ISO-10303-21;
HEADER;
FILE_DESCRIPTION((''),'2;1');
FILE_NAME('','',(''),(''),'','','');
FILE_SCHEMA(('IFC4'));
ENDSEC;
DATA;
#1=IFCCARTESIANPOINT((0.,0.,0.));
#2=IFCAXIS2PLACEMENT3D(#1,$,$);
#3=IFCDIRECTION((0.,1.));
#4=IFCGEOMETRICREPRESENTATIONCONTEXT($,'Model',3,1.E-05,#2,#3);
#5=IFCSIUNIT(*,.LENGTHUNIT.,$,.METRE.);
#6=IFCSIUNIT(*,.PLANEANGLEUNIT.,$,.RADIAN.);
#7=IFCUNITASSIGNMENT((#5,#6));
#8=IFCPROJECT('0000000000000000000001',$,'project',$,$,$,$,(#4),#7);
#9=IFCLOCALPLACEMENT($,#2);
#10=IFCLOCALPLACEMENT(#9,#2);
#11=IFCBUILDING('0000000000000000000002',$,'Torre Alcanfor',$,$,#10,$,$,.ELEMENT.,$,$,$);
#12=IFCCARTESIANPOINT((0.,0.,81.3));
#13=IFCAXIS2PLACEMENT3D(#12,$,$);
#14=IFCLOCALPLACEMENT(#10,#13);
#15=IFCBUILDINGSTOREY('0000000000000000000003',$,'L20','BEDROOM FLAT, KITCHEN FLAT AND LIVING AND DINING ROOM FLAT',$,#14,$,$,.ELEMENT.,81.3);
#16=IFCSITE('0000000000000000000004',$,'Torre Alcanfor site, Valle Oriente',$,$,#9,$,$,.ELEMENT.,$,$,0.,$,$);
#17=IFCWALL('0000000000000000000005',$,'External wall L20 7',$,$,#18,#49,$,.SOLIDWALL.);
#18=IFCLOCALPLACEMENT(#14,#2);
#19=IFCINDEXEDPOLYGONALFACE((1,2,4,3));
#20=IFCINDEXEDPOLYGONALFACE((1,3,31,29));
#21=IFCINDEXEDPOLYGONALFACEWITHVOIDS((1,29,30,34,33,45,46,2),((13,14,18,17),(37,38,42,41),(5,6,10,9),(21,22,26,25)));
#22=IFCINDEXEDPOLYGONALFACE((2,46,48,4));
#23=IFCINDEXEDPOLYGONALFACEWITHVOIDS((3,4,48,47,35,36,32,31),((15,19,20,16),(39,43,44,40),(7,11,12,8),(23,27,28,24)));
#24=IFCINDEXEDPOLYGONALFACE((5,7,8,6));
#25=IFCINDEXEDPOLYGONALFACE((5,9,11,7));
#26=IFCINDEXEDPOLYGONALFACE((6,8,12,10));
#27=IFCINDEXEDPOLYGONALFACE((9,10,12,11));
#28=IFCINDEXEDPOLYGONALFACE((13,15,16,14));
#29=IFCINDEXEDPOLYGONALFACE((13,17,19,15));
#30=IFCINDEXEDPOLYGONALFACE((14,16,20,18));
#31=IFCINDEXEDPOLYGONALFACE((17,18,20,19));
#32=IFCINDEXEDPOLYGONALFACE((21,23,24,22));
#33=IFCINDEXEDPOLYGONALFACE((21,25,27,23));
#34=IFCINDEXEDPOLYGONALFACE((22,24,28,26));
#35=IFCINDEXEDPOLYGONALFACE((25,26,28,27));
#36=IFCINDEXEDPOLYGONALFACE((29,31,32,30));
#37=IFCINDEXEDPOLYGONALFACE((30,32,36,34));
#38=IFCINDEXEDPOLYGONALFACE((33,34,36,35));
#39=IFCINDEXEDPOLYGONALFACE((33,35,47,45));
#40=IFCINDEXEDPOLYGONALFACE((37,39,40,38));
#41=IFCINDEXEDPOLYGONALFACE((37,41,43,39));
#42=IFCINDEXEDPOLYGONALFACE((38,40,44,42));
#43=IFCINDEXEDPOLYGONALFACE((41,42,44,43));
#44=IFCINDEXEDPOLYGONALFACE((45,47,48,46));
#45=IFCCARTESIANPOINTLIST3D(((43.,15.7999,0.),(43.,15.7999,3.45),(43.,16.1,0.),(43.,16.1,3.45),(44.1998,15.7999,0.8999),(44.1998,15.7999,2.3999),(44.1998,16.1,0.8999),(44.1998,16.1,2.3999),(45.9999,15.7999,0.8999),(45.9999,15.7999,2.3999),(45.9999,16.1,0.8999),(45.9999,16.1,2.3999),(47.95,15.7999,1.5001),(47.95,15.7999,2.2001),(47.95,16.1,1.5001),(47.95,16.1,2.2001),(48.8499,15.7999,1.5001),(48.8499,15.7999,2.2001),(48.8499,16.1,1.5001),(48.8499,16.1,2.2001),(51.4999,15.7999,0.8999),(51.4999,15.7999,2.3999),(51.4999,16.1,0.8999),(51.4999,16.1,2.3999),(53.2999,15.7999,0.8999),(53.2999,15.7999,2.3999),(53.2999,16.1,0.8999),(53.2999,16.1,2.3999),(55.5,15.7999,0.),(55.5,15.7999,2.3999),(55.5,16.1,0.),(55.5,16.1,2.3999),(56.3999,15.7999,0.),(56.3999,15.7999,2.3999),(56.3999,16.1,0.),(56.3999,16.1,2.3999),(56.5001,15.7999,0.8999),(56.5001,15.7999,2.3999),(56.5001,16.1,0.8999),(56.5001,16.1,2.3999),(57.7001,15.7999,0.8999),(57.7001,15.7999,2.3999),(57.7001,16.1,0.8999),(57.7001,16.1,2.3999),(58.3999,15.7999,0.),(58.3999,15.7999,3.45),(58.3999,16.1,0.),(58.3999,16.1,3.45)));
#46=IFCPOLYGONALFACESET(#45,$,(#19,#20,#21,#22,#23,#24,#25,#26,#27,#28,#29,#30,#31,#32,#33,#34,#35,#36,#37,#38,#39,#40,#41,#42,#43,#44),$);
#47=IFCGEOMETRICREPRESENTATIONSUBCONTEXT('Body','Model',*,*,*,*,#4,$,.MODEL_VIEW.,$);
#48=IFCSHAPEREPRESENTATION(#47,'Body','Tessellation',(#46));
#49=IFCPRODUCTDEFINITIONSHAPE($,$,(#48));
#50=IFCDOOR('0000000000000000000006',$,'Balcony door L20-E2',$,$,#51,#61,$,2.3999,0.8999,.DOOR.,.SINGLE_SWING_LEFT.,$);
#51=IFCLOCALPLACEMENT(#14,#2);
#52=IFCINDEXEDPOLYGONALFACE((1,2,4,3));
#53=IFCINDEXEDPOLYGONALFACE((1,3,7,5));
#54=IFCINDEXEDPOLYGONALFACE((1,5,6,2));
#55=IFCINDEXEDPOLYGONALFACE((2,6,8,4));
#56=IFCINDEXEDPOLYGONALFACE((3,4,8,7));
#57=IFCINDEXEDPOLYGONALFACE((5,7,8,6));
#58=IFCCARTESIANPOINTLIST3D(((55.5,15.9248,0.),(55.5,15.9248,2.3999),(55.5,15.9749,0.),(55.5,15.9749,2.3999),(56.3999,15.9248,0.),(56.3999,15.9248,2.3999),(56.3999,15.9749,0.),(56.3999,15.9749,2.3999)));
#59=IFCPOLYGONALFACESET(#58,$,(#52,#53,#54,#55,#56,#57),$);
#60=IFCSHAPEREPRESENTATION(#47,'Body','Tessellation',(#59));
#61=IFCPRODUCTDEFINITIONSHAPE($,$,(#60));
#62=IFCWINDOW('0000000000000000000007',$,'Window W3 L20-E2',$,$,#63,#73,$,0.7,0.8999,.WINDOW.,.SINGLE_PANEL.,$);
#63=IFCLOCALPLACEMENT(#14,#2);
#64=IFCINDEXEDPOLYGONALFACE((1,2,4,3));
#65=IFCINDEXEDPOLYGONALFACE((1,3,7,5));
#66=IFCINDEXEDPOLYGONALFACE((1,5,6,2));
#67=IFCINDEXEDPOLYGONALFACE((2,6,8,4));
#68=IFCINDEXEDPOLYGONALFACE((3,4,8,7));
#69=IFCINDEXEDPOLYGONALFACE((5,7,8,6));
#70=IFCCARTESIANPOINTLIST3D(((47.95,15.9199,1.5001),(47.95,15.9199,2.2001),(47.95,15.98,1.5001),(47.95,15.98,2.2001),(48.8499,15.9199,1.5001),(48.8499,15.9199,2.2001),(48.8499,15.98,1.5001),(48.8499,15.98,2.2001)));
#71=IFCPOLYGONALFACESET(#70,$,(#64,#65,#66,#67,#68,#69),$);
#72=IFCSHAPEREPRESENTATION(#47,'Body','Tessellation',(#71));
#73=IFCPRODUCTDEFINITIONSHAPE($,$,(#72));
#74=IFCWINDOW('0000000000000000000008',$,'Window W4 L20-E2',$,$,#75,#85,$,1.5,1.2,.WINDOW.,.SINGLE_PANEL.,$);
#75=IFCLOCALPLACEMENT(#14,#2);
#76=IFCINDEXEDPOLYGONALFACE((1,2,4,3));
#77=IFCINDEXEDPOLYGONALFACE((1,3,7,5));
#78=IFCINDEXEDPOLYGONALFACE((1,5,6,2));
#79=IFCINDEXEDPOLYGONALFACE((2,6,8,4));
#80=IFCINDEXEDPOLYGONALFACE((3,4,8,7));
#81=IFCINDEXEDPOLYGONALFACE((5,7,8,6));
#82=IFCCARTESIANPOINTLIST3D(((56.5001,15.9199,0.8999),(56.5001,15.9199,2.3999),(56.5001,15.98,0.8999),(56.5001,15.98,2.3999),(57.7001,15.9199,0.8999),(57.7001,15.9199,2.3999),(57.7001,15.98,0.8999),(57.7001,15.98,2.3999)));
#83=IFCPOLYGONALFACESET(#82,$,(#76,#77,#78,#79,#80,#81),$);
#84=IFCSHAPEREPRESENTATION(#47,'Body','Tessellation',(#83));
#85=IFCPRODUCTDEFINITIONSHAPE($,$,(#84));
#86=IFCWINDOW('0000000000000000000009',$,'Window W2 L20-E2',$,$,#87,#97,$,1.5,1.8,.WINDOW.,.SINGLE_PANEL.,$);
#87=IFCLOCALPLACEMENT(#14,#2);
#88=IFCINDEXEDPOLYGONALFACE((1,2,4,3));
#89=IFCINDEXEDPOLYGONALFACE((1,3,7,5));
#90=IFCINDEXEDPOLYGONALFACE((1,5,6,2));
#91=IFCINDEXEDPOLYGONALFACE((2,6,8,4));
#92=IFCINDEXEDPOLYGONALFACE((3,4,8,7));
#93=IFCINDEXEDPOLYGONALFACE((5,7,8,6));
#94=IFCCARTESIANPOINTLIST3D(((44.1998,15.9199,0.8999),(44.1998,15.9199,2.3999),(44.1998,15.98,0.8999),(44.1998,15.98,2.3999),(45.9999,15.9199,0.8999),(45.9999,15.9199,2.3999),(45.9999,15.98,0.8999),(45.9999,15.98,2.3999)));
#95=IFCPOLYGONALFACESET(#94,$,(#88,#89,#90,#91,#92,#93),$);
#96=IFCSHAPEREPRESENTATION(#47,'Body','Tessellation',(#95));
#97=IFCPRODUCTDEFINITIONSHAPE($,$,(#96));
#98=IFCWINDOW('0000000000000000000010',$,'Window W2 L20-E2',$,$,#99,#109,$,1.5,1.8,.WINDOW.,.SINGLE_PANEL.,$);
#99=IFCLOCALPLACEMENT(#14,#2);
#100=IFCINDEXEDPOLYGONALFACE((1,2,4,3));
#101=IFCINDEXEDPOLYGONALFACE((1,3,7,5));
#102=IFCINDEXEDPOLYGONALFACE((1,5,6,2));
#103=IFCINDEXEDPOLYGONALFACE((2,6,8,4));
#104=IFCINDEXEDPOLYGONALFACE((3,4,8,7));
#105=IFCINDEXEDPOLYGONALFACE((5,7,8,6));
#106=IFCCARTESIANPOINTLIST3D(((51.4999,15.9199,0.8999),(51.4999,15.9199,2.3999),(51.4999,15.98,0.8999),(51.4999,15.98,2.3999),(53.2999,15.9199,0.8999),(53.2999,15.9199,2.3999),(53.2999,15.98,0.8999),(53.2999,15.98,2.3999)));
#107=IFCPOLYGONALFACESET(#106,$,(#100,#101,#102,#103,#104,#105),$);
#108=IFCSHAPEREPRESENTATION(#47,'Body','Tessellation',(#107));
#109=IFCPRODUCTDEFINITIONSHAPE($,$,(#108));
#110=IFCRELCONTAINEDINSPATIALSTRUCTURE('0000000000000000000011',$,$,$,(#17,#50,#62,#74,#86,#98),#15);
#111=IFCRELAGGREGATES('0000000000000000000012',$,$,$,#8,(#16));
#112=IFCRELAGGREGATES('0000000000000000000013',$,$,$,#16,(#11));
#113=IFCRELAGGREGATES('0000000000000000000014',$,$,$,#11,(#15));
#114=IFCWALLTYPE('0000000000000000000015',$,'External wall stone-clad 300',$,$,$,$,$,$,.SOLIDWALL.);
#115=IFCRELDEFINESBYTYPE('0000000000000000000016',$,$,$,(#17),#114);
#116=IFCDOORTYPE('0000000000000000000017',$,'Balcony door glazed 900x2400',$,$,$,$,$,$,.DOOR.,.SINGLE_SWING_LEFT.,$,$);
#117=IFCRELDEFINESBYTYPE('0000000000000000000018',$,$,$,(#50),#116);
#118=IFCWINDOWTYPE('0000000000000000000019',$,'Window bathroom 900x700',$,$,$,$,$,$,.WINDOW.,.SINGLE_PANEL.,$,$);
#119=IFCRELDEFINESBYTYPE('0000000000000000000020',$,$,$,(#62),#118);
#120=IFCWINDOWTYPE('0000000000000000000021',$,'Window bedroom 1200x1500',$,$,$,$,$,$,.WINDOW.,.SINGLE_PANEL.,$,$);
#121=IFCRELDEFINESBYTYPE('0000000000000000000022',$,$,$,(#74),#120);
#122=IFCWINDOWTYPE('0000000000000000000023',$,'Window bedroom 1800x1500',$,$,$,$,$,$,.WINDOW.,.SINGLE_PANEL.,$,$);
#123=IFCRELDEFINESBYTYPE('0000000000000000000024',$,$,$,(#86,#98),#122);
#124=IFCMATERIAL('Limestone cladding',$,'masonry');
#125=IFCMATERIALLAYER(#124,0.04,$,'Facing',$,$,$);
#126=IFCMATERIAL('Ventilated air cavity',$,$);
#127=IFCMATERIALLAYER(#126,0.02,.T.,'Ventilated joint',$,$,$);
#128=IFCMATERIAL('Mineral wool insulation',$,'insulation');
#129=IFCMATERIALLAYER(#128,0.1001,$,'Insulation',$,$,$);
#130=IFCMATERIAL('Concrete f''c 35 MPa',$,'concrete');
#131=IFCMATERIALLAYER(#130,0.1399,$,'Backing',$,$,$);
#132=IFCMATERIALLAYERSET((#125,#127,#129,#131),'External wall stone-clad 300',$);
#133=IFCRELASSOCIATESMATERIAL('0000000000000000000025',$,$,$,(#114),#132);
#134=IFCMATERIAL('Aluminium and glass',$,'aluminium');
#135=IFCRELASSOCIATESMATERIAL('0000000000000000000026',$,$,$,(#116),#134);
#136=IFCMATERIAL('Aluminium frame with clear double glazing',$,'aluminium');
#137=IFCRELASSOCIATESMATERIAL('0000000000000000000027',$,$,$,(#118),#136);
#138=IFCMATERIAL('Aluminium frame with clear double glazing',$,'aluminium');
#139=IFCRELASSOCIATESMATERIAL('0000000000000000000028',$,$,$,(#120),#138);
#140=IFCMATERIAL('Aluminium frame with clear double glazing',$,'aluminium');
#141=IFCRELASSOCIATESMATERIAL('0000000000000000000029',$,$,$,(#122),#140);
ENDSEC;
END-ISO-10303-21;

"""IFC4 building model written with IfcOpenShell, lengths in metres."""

from ifc_helpers import new_model, si_unit, direction, frame, frame_2d, origin, place, context, subcontext, project, spatial, rectangle, extrude, material, layer, layer_set, type_object, element, fill, save


model = new_model("IFC4")

# Units and contexts
model_context = context("Model", 3, precision=1e-05, world=origin(), true_north=direction((0.0, 1.0)))
body_context = subcontext(model_context, "Body", "Model", "MODEL_VIEW")
ifc_project = project(units=[si_unit("LENGTHUNIT", "METRE"), si_unit("PLANEANGLEUNIT", "RADIAN")], contexts=[model_context])

# Site, building, storey
site_placement = place(None, origin())
site = spatial("IfcSite", under=ifc_project, at=site_placement, Name="Torre Alcanfor site, Valle Oriente", CompositionType="ELEMENT", RefElevation=0.0)
building_placement = place(site_placement, origin())
building = spatial("IfcBuilding", under=site, at=building_placement, Name="Torre Alcanfor", CompositionType="ELEMENT")
storey_placement = place(building_placement, frame((0.0, 0.0, 81.3)))
storey = spatial("IfcBuildingStorey", under=building, at=storey_placement, Name="L20", Description="BEDROOM FLAT, KITCHEN FLAT AND LIVING AND DINING ROOM FLAT", CompositionType="ELEMENT", Elevation=81.3)

# Wall, openings, door, windows
ifc_material_1 = material(Name="Limestone cladding", Category="masonry")
ifc_layer_1 = layer(ifc_material_1, 0.04, Name="Facing")
ifc_material_2 = material(Name="Ventilated air cavity")
ifc_layer_2 = layer(ifc_material_2, 0.02, ventilated=True, Name="Ventilated joint")
ifc_material_3 = material(Name="Mineral wool insulation", Category="insulation")
ifc_layer_3 = layer(ifc_material_3, 0.1001, Name="Insulation")
ifc_material_4 = material(Name="Concrete f'c 35 MPa", Category="concrete")
ifc_layer_4 = layer(ifc_material_4, 0.1399, Name="Backing")
ifc_layer_set_1 = layer_set([ifc_layer_1, ifc_layer_2, ifc_layer_3, ifc_layer_4], Name="External wall stone-clad 300")
wall_type_1 = type_object("IfcWallType", Name="External wall stone-clad 300", PredefinedType="SOLIDWALL", material=ifc_layer_set_1)
ifc_material_5 = material(Name="Aluminium and glass", Category="aluminium")
door_type = type_object("IfcDoorType", Name="Balcony door glazed 900x2400", OperationType="SINGLE_SWING_LEFT", PredefinedType="DOOR", material=ifc_material_5)
ifc_material_6 = material(Name="Aluminium frame with clear double glazing", Category="aluminium")
window_type_1 = type_object("IfcWindowType", Name="Window bathroom 900x700", PartitioningType="SINGLE_PANEL", PredefinedType="WINDOW", material=ifc_material_6)
ifc_material_7 = material(Name="Aluminium frame with clear double glazing", Category="aluminium")
window_type_2 = type_object("IfcWindowType", Name="Window bedroom 1200x1500", PartitioningType="SINGLE_PANEL", PredefinedType="WINDOW", material=ifc_material_7)
ifc_material_8 = material(Name="Aluminium frame with clear double glazing", Category="aluminium")
window_type_3 = type_object("IfcWindowType", Name="Window bedroom 1800x1500", PartitioningType="SINGLE_PANEL", PredefinedType="WINDOW", material=ifc_material_8)
wall_1_placement = place(storey_placement, frame((43.0, 15.95, 0.0), z_axis=(0.0, 0.0, 1.0), x_axis=(1.0, 0.0, 0.0)))
wall_1 = element("IfcWall", 1, at=wall_1_placement, inside=storey, type_object=wall_type_1, Name="External wall L20 7", PredefinedType="SOLIDWALL", context=body_context, shape_type="SweptSolid", body=[
    extrude(rectangle(XDim=15.3999, YDim=0.3, at=frame_2d((7.7, 0.0))), origin(), (0.0, 0.0, 1.0), 3.45),
])
opening_1_placement = place(wall_1_placement, frame((1.2, 0.0, 0.8999)))
opening_1 = element("IfcOpeningElement", 2, at=opening_1_placement, cuts=wall_1, PredefinedType="OPENING", context=body_context, shape_type="SweptSolid", body=[
    extrude(rectangle(XDim=1.8, YDim=1.5, at=frame_2d((0.8999, 0.75))), frame((0.0, 0.1599, 0.0), z_axis=(0.0, -1.0, 0.0), x_axis=(1.0, 0.0, 0.0)), (0.0, 0.0, 1.0), 0.3201),
])
opening_2_placement = place(wall_1_placement, frame((4.95, 0.0, 1.5)))
opening_2 = element("IfcOpeningElement", 3, at=opening_2_placement, cuts=wall_1, PredefinedType="OPENING", context=body_context, shape_type="SweptSolid", body=[
    extrude(rectangle(XDim=0.8999, YDim=0.7, at=frame_2d((0.45, 0.3501))), frame((0.0, 0.1599, 0.0), z_axis=(0.0, -1.0, 0.0), x_axis=(1.0, 0.0, 0.0)), (0.0, 0.0, 1.0), 0.3201),
])
opening_3_placement = place(wall_1_placement, frame((8.5, 0.0, 0.8999)))
opening_3 = element("IfcOpeningElement", 4, at=opening_3_placement, cuts=wall_1, PredefinedType="OPENING", context=body_context, shape_type="SweptSolid", body=[
    extrude(rectangle(XDim=1.8, YDim=1.5, at=frame_2d((0.8999, 0.75))), frame((0.0, 0.1599, 0.0), z_axis=(0.0, -1.0, 0.0), x_axis=(1.0, 0.0, 0.0)), (0.0, 0.0, 1.0), 0.3201),
])
opening_4_placement = place(wall_1_placement, frame((12.5, 0.0, 0.0)))
opening_4 = element("IfcOpeningElement", 5, at=opening_4_placement, cuts=wall_1, PredefinedType="OPENING", context=body_context, shape_type="SweptSolid", body=[
    extrude(rectangle(XDim=0.8999, YDim=2.3999, at=frame_2d((0.45, 1.2))), frame((0.0, 0.1599, 0.0), z_axis=(0.0, -1.0, 0.0), x_axis=(1.0, 0.0, 0.0)), (0.0, 0.0, 1.0), 0.3201),
])
opening_5_placement = place(wall_1_placement, frame((13.5, 0.0, 0.8999)))
opening_5 = element("IfcOpeningElement", 6, at=opening_5_placement, cuts=wall_1, PredefinedType="OPENING", context=body_context, shape_type="SweptSolid", body=[
    extrude(rectangle(XDim=1.2, YDim=1.5, at=frame_2d((0.6001, 0.75))), frame((0.0, 0.1599, 0.0), z_axis=(0.0, -1.0, 0.0), x_axis=(1.0, 0.0, 0.0)), (0.0, 0.0, 1.0), 0.3201),
])
door_1_placement = place(opening_4_placement, origin())
door_1 = element("IfcDoor", 7, at=door_1_placement, inside=storey, type_object=door_type, Name="Balcony door L20-E2", OperationType="SINGLE_SWING_LEFT", OverallHeight=2.3999, OverallWidth=0.8999, PredefinedType="DOOR", context=body_context, shape_type="SweptSolid", body=[
    extrude(rectangle(XDim=0.8999, YDim=2.3999, at=frame_2d((0.45, 1.2))), frame((0.0, 0.0249, 0.0), z_axis=(0.0, -1.0, 0.0), x_axis=(1.0, 0.0, 0.0)), (0.0, 0.0, 1.0), 0.05),
])
fill(opening_4, door_1)
window_1_placement = place(opening_2_placement, origin())
window_1 = element("IfcWindow", 8, at=window_1_placement, inside=storey, type_object=window_type_1, Name="Window W3 L20-E2", OverallHeight=0.7, OverallWidth=0.8999, PartitioningType="SINGLE_PANEL", PredefinedType="WINDOW", context=body_context, shape_type="SweptSolid", body=[
    extrude(rectangle(XDim=0.8999, YDim=0.7, at=frame_2d((0.45, 0.3501))), frame((0.0, 0.03, 0.0), z_axis=(0.0, -1.0, 0.0), x_axis=(1.0, 0.0, 0.0)), (0.0, 0.0, 1.0), 0.0601),
])
fill(opening_2, window_1)
window_2_placement = place(opening_5_placement, origin())
window_2 = element("IfcWindow", 9, at=window_2_placement, inside=storey, type_object=window_type_2, Name="Window W4 L20-E2", OverallHeight=1.5, OverallWidth=1.2, PartitioningType="SINGLE_PANEL", PredefinedType="WINDOW", context=body_context, shape_type="SweptSolid", body=[
    extrude(rectangle(XDim=1.2, YDim=1.5, at=frame_2d((0.6001, 0.75))), frame((0.0, 0.03, 0.0), z_axis=(0.0, -1.0, 0.0), x_axis=(1.0, 0.0, 0.0)), (0.0, 0.0, 1.0), 0.0601),
])
fill(opening_5, window_2)
window_3_placement = place(opening_1_placement, origin())
window_3 = element("IfcWindow", 10, at=window_3_placement, inside=storey, type_object=window_type_3, Name="Window W2 L20-E2", OverallHeight=1.5, OverallWidth=1.8, PartitioningType="SINGLE_PANEL", PredefinedType="WINDOW", context=body_context, shape_type="SweptSolid", body=[
    extrude(rectangle(XDim=1.8, YDim=1.5, at=frame_2d((0.8999, 0.75))), frame((0.0, 0.03, 0.0), z_axis=(0.0, -1.0, 0.0), x_axis=(1.0, 0.0, 0.0)), (0.0, 0.0, 1.0), 0.0601),
])
fill(opening_1, window_3)
window_4_placement = place(opening_3_placement, origin())
window_4 = element("IfcWindow", 11, at=window_4_placement, inside=storey, type_object=window_type_3, Name="Window W2 L20-E2", OverallHeight=1.5, OverallWidth=1.8, PartitioningType="SINGLE_PANEL", PredefinedType="WINDOW", context=body_context, shape_type="SweptSolid", body=[
    extrude(rectangle(XDim=1.8, YDim=1.5, at=frame_2d((0.8999, 0.75))), frame((0.0, 0.03, 0.0), z_axis=(0.0, -1.0, 0.0), x_axis=(1.0, 0.0, 0.0)), (0.0, 0.0, 1.0), 0.0601),
])
fill(opening_3, window_4)

save(model, "model.ifc")
